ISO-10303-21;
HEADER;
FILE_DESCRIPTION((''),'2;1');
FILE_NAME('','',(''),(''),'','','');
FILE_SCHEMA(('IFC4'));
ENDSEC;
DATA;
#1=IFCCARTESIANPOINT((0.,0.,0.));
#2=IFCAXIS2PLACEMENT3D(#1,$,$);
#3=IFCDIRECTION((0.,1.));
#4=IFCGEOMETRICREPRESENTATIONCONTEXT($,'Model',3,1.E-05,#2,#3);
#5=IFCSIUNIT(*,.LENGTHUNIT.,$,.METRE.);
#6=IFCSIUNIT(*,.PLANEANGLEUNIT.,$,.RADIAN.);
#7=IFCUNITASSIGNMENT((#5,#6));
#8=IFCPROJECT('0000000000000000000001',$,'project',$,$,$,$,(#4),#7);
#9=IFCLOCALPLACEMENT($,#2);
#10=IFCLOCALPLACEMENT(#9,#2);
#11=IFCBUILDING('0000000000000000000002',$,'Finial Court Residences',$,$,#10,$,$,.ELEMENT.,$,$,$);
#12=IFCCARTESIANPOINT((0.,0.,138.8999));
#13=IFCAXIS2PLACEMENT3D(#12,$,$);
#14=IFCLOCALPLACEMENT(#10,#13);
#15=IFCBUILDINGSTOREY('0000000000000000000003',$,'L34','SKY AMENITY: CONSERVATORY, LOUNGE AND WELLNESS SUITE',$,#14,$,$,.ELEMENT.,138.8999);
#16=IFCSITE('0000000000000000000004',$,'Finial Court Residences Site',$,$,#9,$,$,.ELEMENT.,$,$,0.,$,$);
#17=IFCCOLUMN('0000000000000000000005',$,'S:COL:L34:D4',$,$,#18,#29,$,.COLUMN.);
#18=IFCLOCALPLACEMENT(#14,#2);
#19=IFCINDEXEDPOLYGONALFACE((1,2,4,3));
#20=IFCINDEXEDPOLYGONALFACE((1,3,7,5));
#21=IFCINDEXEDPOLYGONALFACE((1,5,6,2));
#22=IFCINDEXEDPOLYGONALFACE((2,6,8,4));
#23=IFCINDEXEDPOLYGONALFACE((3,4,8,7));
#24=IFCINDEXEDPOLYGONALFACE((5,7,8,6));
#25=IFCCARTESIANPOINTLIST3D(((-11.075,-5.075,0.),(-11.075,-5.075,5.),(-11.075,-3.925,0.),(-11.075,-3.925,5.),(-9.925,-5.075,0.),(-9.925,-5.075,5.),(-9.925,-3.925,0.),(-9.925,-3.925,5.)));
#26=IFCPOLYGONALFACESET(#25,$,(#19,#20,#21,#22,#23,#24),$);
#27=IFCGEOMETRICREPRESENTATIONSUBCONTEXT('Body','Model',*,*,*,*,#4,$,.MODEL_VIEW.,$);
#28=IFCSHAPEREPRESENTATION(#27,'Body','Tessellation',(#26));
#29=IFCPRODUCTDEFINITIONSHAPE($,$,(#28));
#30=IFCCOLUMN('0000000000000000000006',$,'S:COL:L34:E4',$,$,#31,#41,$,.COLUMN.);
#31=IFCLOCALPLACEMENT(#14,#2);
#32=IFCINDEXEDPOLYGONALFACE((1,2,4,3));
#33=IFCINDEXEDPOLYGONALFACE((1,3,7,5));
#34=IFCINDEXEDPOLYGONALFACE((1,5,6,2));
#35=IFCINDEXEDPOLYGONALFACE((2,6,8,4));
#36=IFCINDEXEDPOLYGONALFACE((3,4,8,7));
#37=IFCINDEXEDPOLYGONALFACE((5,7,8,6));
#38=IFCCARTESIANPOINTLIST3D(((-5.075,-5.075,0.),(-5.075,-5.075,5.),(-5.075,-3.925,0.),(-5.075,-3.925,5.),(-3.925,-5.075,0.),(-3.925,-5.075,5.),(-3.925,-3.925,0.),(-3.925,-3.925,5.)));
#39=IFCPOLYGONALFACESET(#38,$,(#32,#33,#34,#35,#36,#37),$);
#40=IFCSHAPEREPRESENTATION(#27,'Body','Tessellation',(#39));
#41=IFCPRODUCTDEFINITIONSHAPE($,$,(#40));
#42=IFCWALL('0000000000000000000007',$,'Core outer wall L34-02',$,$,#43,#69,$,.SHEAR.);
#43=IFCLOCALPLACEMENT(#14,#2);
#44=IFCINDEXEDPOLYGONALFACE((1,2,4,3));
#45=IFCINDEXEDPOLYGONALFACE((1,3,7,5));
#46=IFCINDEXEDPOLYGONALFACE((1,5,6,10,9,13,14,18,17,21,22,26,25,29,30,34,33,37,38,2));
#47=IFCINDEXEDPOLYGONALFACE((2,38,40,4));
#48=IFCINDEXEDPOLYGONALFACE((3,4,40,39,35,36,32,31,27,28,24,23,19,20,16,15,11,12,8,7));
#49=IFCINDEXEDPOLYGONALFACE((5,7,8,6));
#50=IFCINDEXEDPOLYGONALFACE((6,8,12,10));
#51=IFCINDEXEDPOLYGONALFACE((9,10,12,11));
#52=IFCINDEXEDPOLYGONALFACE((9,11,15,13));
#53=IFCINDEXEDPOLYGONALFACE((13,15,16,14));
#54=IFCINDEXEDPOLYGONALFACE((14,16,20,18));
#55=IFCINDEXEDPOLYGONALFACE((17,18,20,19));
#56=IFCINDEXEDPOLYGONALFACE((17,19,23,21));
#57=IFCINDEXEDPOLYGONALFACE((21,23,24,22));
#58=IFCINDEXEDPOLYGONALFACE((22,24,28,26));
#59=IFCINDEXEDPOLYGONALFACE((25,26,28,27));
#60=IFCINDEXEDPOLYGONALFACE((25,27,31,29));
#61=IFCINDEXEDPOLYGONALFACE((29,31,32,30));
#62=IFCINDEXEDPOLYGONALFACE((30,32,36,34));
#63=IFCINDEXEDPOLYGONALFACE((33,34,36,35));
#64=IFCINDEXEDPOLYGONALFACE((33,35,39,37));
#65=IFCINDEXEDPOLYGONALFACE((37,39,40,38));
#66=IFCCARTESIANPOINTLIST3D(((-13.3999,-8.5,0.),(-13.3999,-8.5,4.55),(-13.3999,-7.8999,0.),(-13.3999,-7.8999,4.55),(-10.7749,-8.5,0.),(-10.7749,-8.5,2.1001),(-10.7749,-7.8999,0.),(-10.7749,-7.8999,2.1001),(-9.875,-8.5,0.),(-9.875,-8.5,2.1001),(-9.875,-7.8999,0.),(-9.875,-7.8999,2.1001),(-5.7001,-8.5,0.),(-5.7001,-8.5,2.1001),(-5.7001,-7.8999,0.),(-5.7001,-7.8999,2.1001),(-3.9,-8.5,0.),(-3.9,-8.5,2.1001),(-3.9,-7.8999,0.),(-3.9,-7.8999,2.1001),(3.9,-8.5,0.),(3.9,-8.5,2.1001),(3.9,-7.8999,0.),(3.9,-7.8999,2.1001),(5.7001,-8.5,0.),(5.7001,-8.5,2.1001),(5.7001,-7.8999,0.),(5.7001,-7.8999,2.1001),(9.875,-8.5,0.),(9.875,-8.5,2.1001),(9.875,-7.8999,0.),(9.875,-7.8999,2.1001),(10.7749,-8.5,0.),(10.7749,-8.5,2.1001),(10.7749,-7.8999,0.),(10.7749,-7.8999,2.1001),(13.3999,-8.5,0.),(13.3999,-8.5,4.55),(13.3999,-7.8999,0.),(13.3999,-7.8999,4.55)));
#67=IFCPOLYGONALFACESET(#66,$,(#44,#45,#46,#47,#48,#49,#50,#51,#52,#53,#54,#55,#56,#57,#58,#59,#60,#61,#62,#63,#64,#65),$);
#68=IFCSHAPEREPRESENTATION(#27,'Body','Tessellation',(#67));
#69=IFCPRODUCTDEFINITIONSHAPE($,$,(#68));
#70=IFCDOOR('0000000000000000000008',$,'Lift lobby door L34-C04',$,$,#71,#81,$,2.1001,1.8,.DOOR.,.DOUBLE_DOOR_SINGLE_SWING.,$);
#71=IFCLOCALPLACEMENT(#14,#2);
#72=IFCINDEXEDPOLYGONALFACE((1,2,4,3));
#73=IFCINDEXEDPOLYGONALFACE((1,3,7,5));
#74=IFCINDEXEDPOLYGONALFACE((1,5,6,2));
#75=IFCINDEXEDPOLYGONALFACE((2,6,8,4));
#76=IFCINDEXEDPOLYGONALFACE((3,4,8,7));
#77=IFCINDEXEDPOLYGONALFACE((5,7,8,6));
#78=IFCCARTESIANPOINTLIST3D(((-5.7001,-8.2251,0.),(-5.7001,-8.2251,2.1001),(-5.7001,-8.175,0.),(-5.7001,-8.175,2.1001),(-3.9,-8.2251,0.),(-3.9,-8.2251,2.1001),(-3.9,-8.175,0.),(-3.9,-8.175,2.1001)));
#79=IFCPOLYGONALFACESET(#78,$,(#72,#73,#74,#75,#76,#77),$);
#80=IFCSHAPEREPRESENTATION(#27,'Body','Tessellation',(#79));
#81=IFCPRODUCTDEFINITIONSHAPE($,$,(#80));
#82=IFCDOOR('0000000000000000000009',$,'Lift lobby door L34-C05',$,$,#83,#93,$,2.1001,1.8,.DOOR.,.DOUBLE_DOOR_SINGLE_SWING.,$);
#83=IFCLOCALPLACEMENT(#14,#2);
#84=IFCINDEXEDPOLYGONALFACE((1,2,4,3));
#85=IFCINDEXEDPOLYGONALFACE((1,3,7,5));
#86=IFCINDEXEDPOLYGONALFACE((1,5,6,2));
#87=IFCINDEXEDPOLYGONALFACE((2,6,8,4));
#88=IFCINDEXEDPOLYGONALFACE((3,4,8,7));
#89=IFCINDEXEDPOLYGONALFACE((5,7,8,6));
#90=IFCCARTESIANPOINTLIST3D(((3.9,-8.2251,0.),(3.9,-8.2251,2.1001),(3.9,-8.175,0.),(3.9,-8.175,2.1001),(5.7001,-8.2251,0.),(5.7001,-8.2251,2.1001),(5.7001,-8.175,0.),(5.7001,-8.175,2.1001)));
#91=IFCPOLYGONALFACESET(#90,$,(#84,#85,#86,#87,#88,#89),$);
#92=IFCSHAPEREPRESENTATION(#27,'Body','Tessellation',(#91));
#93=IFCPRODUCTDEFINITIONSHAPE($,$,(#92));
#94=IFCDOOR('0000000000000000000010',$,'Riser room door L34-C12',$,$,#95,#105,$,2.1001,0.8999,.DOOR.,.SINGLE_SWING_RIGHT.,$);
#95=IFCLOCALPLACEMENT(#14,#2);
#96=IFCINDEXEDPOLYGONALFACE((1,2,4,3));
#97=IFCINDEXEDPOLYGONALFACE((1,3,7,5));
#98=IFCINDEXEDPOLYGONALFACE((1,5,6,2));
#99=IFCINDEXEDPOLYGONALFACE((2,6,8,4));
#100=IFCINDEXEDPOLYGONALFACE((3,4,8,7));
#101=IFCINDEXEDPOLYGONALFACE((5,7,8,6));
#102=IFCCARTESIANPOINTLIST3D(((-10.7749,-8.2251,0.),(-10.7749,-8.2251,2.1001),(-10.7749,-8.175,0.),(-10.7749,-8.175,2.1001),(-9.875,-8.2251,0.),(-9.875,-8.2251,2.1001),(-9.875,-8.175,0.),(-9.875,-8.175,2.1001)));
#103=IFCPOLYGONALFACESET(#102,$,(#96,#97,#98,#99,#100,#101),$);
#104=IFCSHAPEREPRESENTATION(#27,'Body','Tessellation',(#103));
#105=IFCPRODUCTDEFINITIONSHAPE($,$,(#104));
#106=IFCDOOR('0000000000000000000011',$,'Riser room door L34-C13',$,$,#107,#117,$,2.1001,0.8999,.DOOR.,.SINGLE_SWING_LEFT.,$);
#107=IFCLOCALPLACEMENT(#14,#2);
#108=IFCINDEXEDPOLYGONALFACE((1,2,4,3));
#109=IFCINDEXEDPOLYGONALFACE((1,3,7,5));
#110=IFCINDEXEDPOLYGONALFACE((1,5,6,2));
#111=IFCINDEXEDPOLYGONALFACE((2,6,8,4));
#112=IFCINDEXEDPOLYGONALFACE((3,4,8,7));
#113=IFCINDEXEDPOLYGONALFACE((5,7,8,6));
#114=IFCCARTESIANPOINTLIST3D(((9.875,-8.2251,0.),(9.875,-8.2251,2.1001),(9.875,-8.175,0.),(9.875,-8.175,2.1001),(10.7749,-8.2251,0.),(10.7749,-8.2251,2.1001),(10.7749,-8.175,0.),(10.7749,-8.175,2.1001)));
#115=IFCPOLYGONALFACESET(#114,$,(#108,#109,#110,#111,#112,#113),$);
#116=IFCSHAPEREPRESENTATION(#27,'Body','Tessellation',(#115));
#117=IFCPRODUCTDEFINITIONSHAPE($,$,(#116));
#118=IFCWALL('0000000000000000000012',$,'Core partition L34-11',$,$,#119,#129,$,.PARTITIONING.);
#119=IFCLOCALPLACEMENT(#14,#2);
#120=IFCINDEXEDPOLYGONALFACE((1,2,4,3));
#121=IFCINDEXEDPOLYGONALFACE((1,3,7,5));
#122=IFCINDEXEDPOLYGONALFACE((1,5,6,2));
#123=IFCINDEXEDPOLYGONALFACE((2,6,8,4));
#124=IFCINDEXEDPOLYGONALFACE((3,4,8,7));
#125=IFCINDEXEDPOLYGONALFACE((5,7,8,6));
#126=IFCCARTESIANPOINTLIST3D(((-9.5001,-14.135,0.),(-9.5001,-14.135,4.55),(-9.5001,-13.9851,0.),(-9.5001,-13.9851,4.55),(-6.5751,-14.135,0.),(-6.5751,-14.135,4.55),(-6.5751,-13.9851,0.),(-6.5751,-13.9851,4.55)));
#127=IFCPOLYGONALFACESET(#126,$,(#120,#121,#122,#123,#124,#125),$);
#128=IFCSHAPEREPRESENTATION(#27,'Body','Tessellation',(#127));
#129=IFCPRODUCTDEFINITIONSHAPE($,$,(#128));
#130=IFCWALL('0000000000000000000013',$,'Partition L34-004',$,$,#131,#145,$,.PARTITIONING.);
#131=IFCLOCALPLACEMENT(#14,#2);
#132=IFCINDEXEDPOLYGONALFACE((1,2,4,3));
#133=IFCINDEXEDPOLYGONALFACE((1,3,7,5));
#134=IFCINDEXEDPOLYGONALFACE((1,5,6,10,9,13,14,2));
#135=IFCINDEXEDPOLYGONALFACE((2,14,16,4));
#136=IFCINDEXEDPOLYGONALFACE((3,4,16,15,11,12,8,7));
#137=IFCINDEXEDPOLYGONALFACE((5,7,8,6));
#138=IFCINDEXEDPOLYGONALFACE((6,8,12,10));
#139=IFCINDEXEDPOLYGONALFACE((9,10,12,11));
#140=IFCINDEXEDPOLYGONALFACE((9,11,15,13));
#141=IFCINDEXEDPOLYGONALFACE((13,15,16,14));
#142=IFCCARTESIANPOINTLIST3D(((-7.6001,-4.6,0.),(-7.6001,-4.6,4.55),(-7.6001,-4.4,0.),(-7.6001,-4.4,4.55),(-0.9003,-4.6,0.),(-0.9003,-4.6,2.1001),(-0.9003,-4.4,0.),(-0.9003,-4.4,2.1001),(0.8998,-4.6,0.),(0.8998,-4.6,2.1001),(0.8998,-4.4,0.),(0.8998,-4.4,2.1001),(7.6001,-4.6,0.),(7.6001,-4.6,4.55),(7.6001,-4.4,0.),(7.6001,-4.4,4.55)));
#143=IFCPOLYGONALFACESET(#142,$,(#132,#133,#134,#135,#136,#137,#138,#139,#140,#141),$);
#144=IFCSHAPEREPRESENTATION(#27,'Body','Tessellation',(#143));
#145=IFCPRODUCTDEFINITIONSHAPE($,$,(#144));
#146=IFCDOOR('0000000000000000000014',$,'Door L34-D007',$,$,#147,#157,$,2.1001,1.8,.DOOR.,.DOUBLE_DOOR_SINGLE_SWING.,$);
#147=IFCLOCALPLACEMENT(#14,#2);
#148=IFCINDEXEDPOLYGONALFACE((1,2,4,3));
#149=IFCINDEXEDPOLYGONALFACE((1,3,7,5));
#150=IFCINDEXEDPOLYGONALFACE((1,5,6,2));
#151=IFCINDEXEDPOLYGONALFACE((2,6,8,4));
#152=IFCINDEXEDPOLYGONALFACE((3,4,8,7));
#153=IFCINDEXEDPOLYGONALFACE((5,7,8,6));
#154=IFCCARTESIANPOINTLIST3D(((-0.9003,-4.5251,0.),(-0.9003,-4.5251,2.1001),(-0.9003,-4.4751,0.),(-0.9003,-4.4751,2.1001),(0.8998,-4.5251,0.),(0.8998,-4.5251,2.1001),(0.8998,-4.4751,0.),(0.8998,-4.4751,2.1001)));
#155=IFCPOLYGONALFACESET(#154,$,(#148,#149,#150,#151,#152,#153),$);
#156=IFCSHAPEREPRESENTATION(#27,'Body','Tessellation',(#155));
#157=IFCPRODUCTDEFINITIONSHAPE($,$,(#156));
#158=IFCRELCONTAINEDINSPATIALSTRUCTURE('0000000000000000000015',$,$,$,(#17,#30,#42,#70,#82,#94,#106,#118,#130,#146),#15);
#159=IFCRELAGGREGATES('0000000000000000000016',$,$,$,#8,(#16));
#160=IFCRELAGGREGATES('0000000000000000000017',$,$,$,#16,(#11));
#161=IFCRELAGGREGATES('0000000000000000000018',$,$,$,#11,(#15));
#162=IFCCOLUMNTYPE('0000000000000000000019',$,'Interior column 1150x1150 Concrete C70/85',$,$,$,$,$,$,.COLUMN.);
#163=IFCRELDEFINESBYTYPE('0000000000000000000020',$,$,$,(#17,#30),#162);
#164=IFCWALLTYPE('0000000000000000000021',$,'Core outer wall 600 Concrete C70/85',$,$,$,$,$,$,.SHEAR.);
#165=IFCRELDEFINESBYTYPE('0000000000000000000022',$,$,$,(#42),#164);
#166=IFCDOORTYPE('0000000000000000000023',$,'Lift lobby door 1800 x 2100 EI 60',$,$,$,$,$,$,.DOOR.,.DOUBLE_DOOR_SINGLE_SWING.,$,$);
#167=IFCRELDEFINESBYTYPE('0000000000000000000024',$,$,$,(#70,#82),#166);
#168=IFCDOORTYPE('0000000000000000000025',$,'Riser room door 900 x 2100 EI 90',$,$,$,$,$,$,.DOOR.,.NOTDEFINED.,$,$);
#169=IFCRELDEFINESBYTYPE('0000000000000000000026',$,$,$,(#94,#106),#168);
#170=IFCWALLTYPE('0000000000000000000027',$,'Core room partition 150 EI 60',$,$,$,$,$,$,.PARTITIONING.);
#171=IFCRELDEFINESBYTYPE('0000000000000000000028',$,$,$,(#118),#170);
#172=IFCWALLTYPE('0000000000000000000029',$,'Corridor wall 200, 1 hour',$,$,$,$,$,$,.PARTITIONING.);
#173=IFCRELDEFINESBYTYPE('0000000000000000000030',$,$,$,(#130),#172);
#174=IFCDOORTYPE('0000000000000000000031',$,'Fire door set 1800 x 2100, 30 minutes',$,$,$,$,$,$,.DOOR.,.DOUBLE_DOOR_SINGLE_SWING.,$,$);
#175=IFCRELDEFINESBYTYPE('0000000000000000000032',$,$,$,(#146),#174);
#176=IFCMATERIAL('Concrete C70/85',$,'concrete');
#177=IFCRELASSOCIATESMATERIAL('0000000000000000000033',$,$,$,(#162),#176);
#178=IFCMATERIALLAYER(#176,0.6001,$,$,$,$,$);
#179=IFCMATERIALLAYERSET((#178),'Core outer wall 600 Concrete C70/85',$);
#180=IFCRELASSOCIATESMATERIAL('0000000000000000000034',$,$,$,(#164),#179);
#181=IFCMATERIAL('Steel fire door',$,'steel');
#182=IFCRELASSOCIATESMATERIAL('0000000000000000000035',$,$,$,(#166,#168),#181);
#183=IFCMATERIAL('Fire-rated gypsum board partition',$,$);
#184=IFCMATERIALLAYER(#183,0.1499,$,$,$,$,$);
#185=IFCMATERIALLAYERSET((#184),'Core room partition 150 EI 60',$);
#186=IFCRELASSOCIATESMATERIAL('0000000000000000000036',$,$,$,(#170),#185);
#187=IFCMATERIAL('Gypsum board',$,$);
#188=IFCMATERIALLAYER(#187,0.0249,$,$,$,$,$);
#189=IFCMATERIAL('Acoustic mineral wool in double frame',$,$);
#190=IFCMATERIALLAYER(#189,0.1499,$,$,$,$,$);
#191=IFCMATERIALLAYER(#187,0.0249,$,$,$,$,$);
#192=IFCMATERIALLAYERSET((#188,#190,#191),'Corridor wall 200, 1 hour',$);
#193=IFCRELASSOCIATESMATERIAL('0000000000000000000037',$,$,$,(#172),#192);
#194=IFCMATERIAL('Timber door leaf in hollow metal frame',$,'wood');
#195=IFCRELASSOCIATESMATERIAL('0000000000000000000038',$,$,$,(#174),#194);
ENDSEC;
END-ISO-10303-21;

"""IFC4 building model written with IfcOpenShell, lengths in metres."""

from ifc_helpers import new_model, si_unit, direction, frame, frame_2d, origin, origin_2d, place, context, subcontext, project, spatial, rectangle, extrude, material, layer, layer_set, material_profile, profile_set, type_object, element, fill, save


model = new_model("IFC4")

# Units and contexts
model_context = context("Model", 3, precision=1e-05, world=origin(), true_north=direction((0.0, 1.0)))
body_context = subcontext(model_context, "Body", "Model", "MODEL_VIEW")
ifc_project = project(units=[si_unit("LENGTHUNIT", "METRE"), si_unit("PLANEANGLEUNIT", "RADIAN")], contexts=[model_context])

# Site, building, storey
site_placement = place(None, origin())
site = spatial("IfcSite", under=ifc_project, at=site_placement, Name="Finial Court Residences Site", CompositionType="ELEMENT", RefElevation=0.0)
building_placement = place(site_placement, origin())
building = spatial("IfcBuilding", under=site, at=building_placement, Name="Finial Court Residences", CompositionType="ELEMENT")
storey_placement = place(building_placement, frame((0.0, 0.0, 138.8999)))
storey = spatial("IfcBuildingStorey", under=building, at=storey_placement, Name="L34", Description="SKY AMENITY: CONSERVATORY, LOUNGE AND WELLNESS SUITE", CompositionType="ELEMENT", Elevation=138.8999)

# Columns
ifc_material_1 = material(Name="Concrete C70/85", Category="concrete")
ifc_material_profile = material_profile(ifc_material_1, rectangle(XDim=1.1499, YDim=1.1499, at=origin_2d()), Name="1150x1150")
ifc_profile_set = profile_set([ifc_material_profile], Name="Concrete C70/85")
column_type = type_object("IfcColumnType", Name="Interior column 1150x1150 Concrete C70/85", PredefinedType="COLUMN", material=ifc_profile_set)
for number, where, z_axis, x_axis, name in (
    (1, (-10.5, -4.5, 0.0), (0.0, 0.0, 1.0), (1.0, 0.0, 0.0), "S:COL:L34:D4"),
    (2, (-4.5, -4.5, 0.0), (0.0, 0.0, 1.0), (1.0, 0.0, 0.0), "S:COL:L34:E4"),
):
    element("IfcColumn", number, at=place(storey_placement, frame(where, z_axis=z_axis, x_axis=x_axis)), inside=storey, type_object=column_type, Name=name, PredefinedType="COLUMN", context=body_context, shape_type="SweptSolid", body=[
        extrude(rectangle(XDim=1.1499, YDim=1.1499, at=origin_2d()), origin(), (0.0, 0.0, 1.0), 5.0),
    ])

# Wall, openings, doors
ifc_layer_1 = layer(ifc_material_1, 0.6001)
ifc_layer_set_1 = layer_set([ifc_layer_1], Name="Core outer wall 600 Concrete C70/85")
wall_type_1 = type_object("IfcWallType", Name="Core outer wall 600 Concrete C70/85", PredefinedType="SHEAR", material=ifc_layer_set_1)
wall_1_placement = place(storey_placement, frame((-13.3999, -8.2, 0.0), z_axis=(0.0, 0.0, 1.0), x_axis=(1.0, 0.0, 0.0)))
wall_1 = element("IfcWall", 3, at=wall_1_placement, inside=storey, type_object=wall_type_1, Name="Core outer wall L34-02", PredefinedType="SHEAR", context=body_context, shape_type="SweptSolid", body=[
    extrude(rectangle(XDim=26.7998, YDim=0.6001, at=frame_2d((13.3999, 0.0))), origin(), (0.0, 0.0, 1.0), 4.55),
])
opening_1_placement = place(wall_1_placement, frame((7.7, 0.0, 0.0)))
opening_1 = element("IfcOpeningElement", 4, at=opening_1_placement, cuts=wall_1, PredefinedType="OPENING", context=body_context, shape_type="SweptSolid", body=[
    extrude(rectangle(XDim=1.8, YDim=2.1001, at=frame_2d((0.8999, 1.05))), frame((0.0, 0.3101, 0.0), z_axis=(0.0, -1.0, 0.0), x_axis=(1.0, 0.0, 0.0)), (0.0, 0.0, 1.0), 0.6201),
])
opening_2_placement = place(wall_1_placement, frame((17.3, 0.0, 0.0)))
opening_2 = element("IfcOpeningElement", 5, at=opening_2_placement, cuts=wall_1, PredefinedType="OPENING", context=body_context, shape_type="SweptSolid", body=[
    extrude(rectangle(XDim=1.8, YDim=2.1001, at=frame_2d((0.8999, 1.05))), frame((0.0, 0.3101, 0.0), z_axis=(0.0, -1.0, 0.0), x_axis=(1.0, 0.0, 0.0)), (0.0, 0.0, 1.0), 0.6201),
])
opening_3_placement = place(wall_1_placement, frame((2.625, 0.0, 0.0)))
opening_3 = element("IfcOpeningElement", 6, at=opening_3_placement, cuts=wall_1, PredefinedType="OPENING", context=body_context, shape_type="SweptSolid", body=[
    extrude(rectangle(XDim=0.8999, YDim=2.1001, at=frame_2d((0.45, 1.05))), frame((0.0, 0.3101, 0.0), z_axis=(0.0, -1.0, 0.0), x_axis=(1.0, 0.0, 0.0)), (0.0, 0.0, 1.0), 0.6201),
])
opening_4_placement = place(wall_1_placement, frame((23.2749, 0.0, 0.0)))
opening_4 = element("IfcOpeningElement", 7, at=opening_4_placement, cuts=wall_1, PredefinedType="OPENING", context=body_context, shape_type="SweptSolid", body=[
    extrude(rectangle(XDim=0.8999, YDim=2.1001, at=frame_2d((0.45, 1.05))), frame((0.0, 0.3101, 0.0), z_axis=(0.0, -1.0, 0.0), x_axis=(1.0, 0.0, 0.0)), (0.0, 0.0, 1.0), 0.6201),
])
ifc_material_2 = material(Name="Steel fire door", Category="steel")
door_type_1 = type_object("IfcDoorType", Name="Lift lobby door 1800 x 2100 EI 60", OperationType="DOUBLE_DOOR_SINGLE_SWING", PredefinedType="DOOR", material=ifc_material_2)
door_1_placement = place(opening_1_placement, origin())
door_1 = element("IfcDoor", 8, at=door_1_placement, inside=storey, type_object=door_type_1, Name="Lift lobby door L34-C04", OperationType="DOUBLE_DOOR_SINGLE_SWING", OverallHeight=2.1001, OverallWidth=1.8, PredefinedType="DOOR", context=body_context, shape_type="SweptSolid", body=[
    extrude(rectangle(XDim=1.8, YDim=2.1001, at=frame_2d((0.8999, 1.05))), frame((0.0, 0.0249, 0.0), z_axis=(0.0, -1.0, 0.0), x_axis=(1.0, 0.0, 0.0)), (0.0, 0.0, 1.0), 0.05),
])
fill(opening_1, door_1)
door_2_placement = place(opening_2_placement, origin())
door_2 = element("IfcDoor", 9, at=door_2_placement, inside=storey, type_object=door_type_1, Name="Lift lobby door L34-C05", OperationType="DOUBLE_DOOR_SINGLE_SWING", OverallHeight=2.1001, OverallWidth=1.8, PredefinedType="DOOR", context=body_context, shape_type="SweptSolid", body=[
    extrude(rectangle(XDim=1.8, YDim=2.1001, at=frame_2d((0.8999, 1.05))), frame((0.0, 0.0249, 0.0), z_axis=(0.0, -1.0, 0.0), x_axis=(1.0, 0.0, 0.0)), (0.0, 0.0, 1.0), 0.05),
])
fill(opening_2, door_2)
door_type_2 = type_object("IfcDoorType", Name="Riser room door 900 x 2100 EI 90", OperationType="NOTDEFINED", PredefinedType="DOOR", material=ifc_material_2)
door_3_placement = place(opening_3_placement, origin())
door_3 = element("IfcDoor", 10, at=door_3_placement, inside=storey, type_object=door_type_2, Name="Riser room door L34-C12", OperationType="SINGLE_SWING_RIGHT", OverallHeight=2.1001, OverallWidth=0.8999, PredefinedType="DOOR", context=body_context, shape_type="SweptSolid", body=[
    extrude(rectangle(XDim=0.8999, YDim=2.1001, at=frame_2d((0.45, 1.05))), frame((0.0, 0.0249, 0.0), z_axis=(0.0, -1.0, 0.0), x_axis=(1.0, 0.0, 0.0)), (0.0, 0.0, 1.0), 0.05),
])
fill(opening_3, door_3)
door_4_placement = place(opening_4_placement, origin())
door_4 = element("IfcDoor", 11, at=door_4_placement, inside=storey, type_object=door_type_2, Name="Riser room door L34-C13", OperationType="SINGLE_SWING_LEFT", OverallHeight=2.1001, OverallWidth=0.8999, PredefinedType="DOOR", context=body_context, shape_type="SweptSolid", body=[
    extrude(rectangle(XDim=0.8999, YDim=2.1001, at=frame_2d((0.45, 1.05))), frame((0.0, 0.0249, 0.0), z_axis=(0.0, -1.0, 0.0), x_axis=(1.0, 0.0, 0.0)), (0.0, 0.0, 1.0), 0.05),
])
fill(opening_4, door_4)

# Wall
ifc_material_3 = material(Name="Fire-rated gypsum board partition")
ifc_layer_2 = layer(ifc_material_3, 0.1499)
ifc_layer_set_2 = layer_set([ifc_layer_2], Name="Core room partition 150 EI 60")
wall_type_2 = type_object("IfcWallType", Name="Core room partition 150 EI 60", PredefinedType="PARTITIONING", material=ifc_layer_set_2)
wall_2_placement = place(storey_placement, frame((-9.5, -14.0601, 0.0), z_axis=(0.0, 0.0, 1.0), x_axis=(1.0, 0.0, 0.0)))
element("IfcWall", 12, at=wall_2_placement, inside=storey, type_object=wall_type_2, Name="Core partition L34-11", PredefinedType="PARTITIONING", context=body_context, shape_type="SweptSolid", body=[
    extrude(rectangle(XDim=2.925, YDim=0.1499, at=frame_2d((1.4624, 0.0))), origin(), (0.0, 0.0, 1.0), 4.55),
])

# Wall, opening, door
ifc_material_4 = material(Name="Gypsum board")
ifc_layer_3 = layer(ifc_material_4, 0.0249)
ifc_material_5 = material(Name="Acoustic mineral wool in double frame")
ifc_layer_4 = layer(ifc_material_5, 0.1499)
ifc_layer_5 = layer(ifc_material_4, 0.0249)
ifc_layer_set_3 = layer_set([ifc_layer_3, ifc_layer_4, ifc_layer_5], Name="Corridor wall 200, 1 hour")
wall_type_3 = type_object("IfcWallType", Name="Corridor wall 200, 1 hour", PredefinedType="PARTITIONING", material=ifc_layer_set_3)
wall_3_placement = place(storey_placement, frame((-7.6001, -4.5, 0.0), z_axis=(0.0, 0.0, 1.0), x_axis=(1.0, 0.0, 0.0)))
wall_3 = element("IfcWall", 13, at=wall_3_placement, inside=storey, type_object=wall_type_3, Name="Partition L34-004", PredefinedType="PARTITIONING", context=body_context, shape_type="SweptSolid", body=[
    extrude(rectangle(XDim=15.2002, YDim=0.2, at=frame_2d((7.6001, 0.0))), origin(), (0.0, 0.0, 1.0), 4.55),
])
opening_5_placement = place(wall_3_placement, frame((6.7, 0.0, 0.0)))
opening_5 = element("IfcOpeningElement", 14, at=opening_5_placement, cuts=wall_3, PredefinedType="OPENING", context=body_context, shape_type="SweptSolid", body=[
    extrude(rectangle(XDim=1.8, YDim=2.1001, at=frame_2d((0.8999, 1.05))), frame((0.0, 0.1099, 0.0), z_axis=(0.0, -1.0, 0.0), x_axis=(1.0, 0.0, 0.0)), (0.0, 0.0, 1.0), 0.22),
])
ifc_material_6 = material(Name="Timber door leaf in hollow metal frame", Category="wood")
door_type_3 = type_object("IfcDoorType", Name="Fire door set 1800 x 2100, 30 minutes", OperationType="DOUBLE_DOOR_SINGLE_SWING", PredefinedType="DOOR", material=ifc_material_6)
door_5_placement = place(opening_5_placement, origin())
door_5 = element("IfcDoor", 15, at=door_5_placement, inside=storey, type_object=door_type_3, Name="Door L34-D007", OperationType="DOUBLE_DOOR_SINGLE_SWING", OverallHeight=2.1001, OverallWidth=1.8, PredefinedType="DOOR", context=body_context, shape_type="SweptSolid", body=[
    extrude(rectangle(XDim=1.8, YDim=2.1001, at=frame_2d((0.8999, 1.05))), frame((0.0, 0.0249, 0.0), z_axis=(0.0, -1.0, 0.0), x_axis=(1.0, 0.0, 0.0)), (0.0, 0.0, 1.0), 0.05),
])
fill(opening_5, door_5)

save(model, "model.ifc")
